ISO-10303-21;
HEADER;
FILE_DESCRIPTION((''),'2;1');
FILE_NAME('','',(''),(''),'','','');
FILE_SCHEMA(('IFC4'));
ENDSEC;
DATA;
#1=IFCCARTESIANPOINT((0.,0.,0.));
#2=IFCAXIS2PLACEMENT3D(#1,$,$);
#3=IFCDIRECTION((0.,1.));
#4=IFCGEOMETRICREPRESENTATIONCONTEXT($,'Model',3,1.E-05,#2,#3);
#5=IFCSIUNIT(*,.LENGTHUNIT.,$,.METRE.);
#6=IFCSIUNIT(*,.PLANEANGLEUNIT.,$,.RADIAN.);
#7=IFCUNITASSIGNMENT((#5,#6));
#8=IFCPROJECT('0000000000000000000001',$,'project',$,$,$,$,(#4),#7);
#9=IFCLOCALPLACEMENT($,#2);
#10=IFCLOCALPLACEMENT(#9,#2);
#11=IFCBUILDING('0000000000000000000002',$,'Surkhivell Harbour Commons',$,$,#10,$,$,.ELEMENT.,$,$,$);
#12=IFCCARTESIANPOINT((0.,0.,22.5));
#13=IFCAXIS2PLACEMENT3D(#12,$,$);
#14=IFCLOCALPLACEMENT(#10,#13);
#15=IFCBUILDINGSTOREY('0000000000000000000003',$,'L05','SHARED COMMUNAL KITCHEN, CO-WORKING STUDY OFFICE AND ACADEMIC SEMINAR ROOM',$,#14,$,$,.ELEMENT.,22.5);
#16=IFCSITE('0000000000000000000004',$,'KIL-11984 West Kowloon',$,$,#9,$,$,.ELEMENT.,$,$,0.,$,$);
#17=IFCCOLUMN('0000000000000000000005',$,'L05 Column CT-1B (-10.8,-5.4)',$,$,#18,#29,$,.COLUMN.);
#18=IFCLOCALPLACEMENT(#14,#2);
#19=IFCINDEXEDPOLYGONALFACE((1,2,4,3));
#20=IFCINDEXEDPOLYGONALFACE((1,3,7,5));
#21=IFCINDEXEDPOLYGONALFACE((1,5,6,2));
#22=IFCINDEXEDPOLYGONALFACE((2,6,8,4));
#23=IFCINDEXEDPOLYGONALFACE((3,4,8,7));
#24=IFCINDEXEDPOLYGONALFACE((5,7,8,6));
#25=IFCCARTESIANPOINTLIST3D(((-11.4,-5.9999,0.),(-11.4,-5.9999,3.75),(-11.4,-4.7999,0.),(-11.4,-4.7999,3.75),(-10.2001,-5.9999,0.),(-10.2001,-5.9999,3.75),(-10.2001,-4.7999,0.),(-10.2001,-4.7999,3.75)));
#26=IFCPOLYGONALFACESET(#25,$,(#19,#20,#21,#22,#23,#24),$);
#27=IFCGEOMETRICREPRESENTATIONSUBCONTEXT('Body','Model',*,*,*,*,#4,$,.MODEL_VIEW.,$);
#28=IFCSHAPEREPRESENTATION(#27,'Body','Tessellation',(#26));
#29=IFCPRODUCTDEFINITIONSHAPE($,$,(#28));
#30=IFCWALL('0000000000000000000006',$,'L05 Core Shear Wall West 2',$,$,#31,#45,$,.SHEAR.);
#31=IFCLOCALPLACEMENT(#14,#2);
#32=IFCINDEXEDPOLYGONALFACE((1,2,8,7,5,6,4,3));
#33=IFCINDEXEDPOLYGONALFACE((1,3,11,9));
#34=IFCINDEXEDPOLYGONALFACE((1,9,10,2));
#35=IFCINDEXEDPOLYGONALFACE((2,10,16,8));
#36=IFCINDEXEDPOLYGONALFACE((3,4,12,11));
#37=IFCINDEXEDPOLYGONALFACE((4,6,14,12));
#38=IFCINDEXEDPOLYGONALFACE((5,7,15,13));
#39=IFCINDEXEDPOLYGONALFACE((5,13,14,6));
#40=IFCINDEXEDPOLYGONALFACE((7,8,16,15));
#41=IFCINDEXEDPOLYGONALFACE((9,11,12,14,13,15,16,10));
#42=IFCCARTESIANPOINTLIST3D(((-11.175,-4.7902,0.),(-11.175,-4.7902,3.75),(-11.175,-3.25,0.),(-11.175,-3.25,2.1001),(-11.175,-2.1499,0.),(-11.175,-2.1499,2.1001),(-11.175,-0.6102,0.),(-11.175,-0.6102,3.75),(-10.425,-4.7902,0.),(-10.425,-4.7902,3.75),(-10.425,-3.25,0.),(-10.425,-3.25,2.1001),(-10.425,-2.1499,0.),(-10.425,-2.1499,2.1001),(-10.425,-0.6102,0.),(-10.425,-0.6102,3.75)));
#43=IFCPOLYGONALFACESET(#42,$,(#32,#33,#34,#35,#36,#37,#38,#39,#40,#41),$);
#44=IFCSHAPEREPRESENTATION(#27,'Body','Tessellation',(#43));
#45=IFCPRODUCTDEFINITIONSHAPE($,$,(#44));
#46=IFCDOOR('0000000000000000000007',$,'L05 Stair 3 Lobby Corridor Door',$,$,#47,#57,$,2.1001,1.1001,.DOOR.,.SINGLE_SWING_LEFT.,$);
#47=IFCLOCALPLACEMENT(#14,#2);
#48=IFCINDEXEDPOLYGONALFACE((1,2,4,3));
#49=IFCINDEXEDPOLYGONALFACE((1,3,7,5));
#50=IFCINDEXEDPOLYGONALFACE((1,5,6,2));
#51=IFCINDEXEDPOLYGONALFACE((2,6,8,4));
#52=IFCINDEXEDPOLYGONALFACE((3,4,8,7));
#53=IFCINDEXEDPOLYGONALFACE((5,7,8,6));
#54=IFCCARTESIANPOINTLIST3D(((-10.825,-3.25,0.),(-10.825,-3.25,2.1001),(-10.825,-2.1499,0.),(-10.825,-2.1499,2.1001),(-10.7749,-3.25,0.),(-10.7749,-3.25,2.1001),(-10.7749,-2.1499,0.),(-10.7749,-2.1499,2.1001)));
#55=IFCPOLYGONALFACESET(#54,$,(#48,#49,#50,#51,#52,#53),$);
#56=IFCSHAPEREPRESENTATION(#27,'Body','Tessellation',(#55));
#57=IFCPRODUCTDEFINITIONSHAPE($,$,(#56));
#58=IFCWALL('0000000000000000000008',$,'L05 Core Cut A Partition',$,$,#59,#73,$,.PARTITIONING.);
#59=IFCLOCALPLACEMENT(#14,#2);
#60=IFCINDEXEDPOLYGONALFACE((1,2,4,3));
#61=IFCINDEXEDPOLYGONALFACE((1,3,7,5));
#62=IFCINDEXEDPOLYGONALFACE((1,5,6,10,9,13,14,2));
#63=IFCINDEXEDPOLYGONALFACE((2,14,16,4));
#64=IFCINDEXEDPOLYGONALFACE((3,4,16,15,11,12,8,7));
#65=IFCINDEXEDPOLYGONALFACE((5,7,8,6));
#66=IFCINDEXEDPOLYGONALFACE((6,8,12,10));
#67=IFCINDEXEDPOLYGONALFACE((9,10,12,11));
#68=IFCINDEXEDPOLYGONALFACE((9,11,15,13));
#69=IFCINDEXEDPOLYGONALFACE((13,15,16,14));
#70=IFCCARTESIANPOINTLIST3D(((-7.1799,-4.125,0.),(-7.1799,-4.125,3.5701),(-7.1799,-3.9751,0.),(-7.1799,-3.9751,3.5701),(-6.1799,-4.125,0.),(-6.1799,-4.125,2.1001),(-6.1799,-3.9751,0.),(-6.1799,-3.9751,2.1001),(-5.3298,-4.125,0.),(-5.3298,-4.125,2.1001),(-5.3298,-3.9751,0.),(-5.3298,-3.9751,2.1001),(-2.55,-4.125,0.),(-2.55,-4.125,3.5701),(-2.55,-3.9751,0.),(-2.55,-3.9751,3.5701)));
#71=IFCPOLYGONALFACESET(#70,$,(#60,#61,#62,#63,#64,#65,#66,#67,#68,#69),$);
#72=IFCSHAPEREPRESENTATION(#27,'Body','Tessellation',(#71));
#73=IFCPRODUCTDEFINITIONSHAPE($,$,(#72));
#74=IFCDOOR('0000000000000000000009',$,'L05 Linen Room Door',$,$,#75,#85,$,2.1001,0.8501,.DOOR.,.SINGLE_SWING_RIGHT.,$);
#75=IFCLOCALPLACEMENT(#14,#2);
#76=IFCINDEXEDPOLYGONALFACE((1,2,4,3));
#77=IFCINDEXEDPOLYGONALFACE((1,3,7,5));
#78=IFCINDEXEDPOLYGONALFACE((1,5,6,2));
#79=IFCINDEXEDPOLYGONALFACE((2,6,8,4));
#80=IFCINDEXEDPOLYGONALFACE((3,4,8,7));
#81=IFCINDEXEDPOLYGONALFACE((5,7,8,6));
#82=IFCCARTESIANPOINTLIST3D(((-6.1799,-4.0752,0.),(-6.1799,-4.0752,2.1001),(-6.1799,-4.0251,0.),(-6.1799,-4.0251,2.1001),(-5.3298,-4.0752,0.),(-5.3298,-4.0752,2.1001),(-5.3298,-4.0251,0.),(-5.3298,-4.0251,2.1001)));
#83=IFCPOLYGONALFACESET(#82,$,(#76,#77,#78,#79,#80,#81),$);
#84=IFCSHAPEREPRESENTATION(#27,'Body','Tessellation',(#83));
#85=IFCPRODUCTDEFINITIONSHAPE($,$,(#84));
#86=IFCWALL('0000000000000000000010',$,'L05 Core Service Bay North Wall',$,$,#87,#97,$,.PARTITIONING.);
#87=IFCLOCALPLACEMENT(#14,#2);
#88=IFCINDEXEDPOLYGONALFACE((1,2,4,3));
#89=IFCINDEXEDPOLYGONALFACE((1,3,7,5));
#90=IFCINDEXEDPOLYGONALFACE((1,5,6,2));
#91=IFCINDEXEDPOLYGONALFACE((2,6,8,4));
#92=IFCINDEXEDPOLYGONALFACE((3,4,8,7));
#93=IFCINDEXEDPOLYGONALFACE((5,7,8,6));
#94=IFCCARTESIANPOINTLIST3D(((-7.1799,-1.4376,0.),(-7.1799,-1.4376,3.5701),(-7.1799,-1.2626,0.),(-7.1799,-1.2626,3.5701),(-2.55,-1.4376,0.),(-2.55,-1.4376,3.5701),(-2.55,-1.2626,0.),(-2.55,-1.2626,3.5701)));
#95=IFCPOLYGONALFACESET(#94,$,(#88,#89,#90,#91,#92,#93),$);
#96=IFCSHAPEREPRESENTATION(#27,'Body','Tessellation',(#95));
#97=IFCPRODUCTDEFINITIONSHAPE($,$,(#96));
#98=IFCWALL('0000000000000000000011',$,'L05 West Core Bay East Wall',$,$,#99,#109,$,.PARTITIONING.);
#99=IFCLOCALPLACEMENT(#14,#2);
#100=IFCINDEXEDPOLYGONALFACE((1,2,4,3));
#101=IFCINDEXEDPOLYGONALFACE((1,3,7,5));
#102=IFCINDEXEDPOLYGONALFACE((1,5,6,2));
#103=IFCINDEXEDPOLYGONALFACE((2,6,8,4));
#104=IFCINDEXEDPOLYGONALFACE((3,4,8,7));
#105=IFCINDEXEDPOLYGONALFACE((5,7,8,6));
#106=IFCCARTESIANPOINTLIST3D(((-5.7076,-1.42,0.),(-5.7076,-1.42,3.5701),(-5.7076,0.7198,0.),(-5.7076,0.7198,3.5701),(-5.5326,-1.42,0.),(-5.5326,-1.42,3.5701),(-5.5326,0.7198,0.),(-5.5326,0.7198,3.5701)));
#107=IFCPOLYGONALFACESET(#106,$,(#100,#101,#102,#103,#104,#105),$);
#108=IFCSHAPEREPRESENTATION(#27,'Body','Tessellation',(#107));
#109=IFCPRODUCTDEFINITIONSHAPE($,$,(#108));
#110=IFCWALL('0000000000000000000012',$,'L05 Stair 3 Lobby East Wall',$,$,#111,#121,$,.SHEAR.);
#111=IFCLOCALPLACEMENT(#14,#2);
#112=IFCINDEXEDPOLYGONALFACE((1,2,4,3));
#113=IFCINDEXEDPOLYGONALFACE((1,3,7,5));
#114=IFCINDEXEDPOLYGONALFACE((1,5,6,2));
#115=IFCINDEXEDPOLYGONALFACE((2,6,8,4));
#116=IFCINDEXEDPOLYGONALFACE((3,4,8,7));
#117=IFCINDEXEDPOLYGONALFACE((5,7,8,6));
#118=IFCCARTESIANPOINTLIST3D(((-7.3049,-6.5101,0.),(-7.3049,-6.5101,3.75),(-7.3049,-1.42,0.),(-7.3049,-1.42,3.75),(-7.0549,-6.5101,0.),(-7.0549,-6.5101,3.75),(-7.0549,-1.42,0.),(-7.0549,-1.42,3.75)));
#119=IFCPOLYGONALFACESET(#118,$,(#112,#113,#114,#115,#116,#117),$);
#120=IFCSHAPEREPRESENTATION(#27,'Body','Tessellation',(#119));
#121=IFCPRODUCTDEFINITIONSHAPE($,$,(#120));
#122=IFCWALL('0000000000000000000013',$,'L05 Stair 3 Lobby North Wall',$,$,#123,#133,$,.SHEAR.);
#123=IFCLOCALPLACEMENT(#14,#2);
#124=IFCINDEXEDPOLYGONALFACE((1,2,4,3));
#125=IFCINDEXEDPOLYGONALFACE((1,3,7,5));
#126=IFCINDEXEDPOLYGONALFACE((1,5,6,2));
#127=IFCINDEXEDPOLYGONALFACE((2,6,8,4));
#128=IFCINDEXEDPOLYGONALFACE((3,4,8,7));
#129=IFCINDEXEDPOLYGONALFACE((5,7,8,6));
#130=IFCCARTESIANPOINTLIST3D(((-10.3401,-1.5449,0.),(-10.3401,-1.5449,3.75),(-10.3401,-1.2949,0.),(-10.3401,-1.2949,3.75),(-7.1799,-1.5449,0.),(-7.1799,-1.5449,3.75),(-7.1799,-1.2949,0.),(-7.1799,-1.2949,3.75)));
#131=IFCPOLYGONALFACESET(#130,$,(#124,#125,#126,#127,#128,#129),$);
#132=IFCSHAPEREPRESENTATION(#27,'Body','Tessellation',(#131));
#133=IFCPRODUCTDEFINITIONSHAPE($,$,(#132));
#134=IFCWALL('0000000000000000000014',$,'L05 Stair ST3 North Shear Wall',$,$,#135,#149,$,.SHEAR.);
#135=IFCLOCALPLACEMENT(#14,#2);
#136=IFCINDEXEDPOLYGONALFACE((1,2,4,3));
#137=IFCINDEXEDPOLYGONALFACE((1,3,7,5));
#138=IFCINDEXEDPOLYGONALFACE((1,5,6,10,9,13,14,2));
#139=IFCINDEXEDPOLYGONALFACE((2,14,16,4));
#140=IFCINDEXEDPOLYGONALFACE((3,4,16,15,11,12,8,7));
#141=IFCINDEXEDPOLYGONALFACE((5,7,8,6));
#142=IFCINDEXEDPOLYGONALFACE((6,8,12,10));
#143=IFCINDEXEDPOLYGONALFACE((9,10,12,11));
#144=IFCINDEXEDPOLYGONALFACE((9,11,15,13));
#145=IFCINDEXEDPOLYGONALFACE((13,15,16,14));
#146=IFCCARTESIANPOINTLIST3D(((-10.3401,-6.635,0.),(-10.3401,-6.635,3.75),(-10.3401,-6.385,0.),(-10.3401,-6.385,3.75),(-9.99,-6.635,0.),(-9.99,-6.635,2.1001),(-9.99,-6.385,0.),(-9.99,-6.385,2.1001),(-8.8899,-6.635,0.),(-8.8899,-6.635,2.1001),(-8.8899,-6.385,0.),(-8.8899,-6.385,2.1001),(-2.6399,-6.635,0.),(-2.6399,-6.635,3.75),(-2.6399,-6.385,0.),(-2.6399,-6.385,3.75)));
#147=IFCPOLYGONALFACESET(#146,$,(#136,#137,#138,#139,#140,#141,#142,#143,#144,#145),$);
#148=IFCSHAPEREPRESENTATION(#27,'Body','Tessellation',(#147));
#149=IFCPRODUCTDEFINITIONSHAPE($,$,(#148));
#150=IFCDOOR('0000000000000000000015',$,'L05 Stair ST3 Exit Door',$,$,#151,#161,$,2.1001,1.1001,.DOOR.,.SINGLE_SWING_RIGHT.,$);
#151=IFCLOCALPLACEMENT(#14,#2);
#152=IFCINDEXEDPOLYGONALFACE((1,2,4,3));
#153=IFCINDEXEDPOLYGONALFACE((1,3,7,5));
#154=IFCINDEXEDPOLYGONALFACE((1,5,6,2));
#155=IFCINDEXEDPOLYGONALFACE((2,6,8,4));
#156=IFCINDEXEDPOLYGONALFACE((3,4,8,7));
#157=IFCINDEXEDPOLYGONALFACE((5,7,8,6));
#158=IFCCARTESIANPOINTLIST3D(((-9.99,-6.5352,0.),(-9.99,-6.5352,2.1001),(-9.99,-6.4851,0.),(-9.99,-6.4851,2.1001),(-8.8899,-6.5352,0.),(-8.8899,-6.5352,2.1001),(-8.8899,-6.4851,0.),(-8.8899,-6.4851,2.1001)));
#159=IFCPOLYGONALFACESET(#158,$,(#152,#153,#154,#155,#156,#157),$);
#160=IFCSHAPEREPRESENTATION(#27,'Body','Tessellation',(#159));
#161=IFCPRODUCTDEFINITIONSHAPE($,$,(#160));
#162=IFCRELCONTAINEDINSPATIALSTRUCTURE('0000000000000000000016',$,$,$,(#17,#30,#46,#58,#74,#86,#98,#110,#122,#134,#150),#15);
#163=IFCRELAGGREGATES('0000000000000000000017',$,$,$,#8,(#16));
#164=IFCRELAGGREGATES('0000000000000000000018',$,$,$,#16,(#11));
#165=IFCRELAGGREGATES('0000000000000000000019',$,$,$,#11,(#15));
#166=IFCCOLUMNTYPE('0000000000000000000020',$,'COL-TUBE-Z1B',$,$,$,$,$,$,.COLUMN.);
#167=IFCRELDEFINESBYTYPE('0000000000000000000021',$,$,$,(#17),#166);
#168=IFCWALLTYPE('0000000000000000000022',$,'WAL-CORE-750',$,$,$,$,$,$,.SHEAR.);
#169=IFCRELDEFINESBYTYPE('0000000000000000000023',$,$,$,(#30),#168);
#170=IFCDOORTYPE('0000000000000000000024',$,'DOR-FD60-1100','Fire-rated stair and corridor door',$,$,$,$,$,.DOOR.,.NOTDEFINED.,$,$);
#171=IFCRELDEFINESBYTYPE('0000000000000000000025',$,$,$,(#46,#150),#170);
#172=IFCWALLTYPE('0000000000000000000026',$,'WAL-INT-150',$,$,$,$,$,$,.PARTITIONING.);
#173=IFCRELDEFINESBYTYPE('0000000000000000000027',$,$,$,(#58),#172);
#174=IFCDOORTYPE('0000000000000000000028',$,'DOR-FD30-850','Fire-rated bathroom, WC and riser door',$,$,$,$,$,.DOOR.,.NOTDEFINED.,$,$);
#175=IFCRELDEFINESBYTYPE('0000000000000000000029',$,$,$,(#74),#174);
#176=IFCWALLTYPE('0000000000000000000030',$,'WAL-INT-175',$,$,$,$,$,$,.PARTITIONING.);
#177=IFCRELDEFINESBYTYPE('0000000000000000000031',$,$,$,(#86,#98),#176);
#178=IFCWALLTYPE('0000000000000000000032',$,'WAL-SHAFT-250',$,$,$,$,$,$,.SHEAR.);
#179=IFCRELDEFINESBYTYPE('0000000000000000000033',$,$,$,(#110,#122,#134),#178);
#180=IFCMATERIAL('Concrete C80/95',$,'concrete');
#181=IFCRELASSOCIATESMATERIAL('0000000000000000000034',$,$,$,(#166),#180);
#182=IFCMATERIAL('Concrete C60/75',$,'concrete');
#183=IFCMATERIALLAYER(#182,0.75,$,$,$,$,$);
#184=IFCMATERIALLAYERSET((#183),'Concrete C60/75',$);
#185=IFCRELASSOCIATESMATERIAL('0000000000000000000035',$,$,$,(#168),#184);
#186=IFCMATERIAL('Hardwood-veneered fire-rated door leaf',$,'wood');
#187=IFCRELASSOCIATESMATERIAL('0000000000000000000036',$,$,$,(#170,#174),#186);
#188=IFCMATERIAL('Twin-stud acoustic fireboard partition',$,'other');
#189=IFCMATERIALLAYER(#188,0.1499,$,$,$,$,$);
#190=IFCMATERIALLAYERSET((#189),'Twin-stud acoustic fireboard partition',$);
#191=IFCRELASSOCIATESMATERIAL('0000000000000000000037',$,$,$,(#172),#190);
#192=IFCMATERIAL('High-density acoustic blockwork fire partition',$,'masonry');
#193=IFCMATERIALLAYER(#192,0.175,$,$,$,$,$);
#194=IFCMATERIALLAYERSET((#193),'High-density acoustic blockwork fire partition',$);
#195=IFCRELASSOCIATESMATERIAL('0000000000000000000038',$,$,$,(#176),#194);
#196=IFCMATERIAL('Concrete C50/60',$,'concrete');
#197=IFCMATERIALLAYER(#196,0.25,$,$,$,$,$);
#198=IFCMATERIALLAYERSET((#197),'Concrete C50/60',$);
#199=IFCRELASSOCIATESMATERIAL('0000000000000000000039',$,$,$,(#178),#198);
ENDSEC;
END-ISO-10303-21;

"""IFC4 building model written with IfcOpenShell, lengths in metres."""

from ifc_helpers import new_model, si_unit, direction, frame, frame_2d, origin, origin_2d, place, context, subcontext, project, spatial, rectangle, extrude, material, layer, layer_set, material_profile, profile_set, type_object, element, fill, save


model = new_model("IFC4")

# Units and contexts
model_context = context("Model", 3, precision=1e-05, world=origin(), true_north=direction((0.0, 1.0)))
body_context = subcontext(model_context, "Body", "Model", "MODEL_VIEW")
ifc_project = project(units=[si_unit("LENGTHUNIT", "METRE"), si_unit("PLANEANGLEUNIT", "RADIAN")], contexts=[model_context])

# Site, building, storey
site_placement = place(None, origin())
site = spatial("IfcSite", under=ifc_project, at=site_placement, Name="KIL-11984 West Kowloon", CompositionType="ELEMENT", RefElevation=0.0)
building_placement = place(site_placement, origin())
building = spatial("IfcBuilding", under=site, at=building_placement, Name="Surkhivell Harbour Commons", CompositionType="ELEMENT")
storey_placement = place(building_placement, frame((0.0, 0.0, 22.5)))
storey = spatial("IfcBuildingStorey", under=building, at=storey_placement, Name="L05", Description="SHARED COMMUNAL KITCHEN, CO-WORKING STUDY OFFICE AND ACADEMIC SEMINAR ROOM", CompositionType="ELEMENT", Elevation=22.5)

# Column
ifc_material_1 = material(Name="Concrete C80/95", Category="concrete")
ifc_material_profile = material_profile(ifc_material_1, rectangle(XDim=1.2, YDim=1.2, at=origin_2d()), Name="RC-COL-1200x1200")
ifc_profile_set = profile_set([ifc_material_profile], Name="Concrete C80/95")
column_type = type_object("IfcColumnType", Name="COL-TUBE-Z1B", PredefinedType="COLUMN", material=ifc_profile_set)
column_placement = place(storey_placement, frame((-10.8, -5.3999, 0.0), z_axis=(0.0, 0.0, 1.0), x_axis=(1.0, 0.0, 0.0)))
element("IfcColumn", 1, at=column_placement, inside=storey, type_object=column_type, Name="L05 Column CT-1B (-10.8,-5.4)", PredefinedType="COLUMN", context=body_context, shape_type="SweptSolid", body=[
    extrude(rectangle(XDim=1.2, YDim=1.2, at=origin_2d()), origin(), (0.0, 0.0, 1.0), 3.75),
])

# Walls, openings, doors
ifc_material_2 = material(Name="Concrete C60/75", Category="concrete")
ifc_layer_1 = layer(ifc_material_2, 0.75)
ifc_layer_set_1 = layer_set([ifc_layer_1], Name="Concrete C60/75")
wall_type_1 = type_object("IfcWallType", Name="WAL-CORE-750", PredefinedType="SHEAR", material=ifc_layer_set_1)
wall_1_placement = place(storey_placement, frame((-10.8, -4.79, 0.0), z_axis=(0.0, 0.0, 1.0), x_axis=(0.0, 1.0, 0.0)))
wall_1 = element("IfcWall", 2, at=wall_1_placement, inside=storey, type_object=wall_type_1, Name="L05 Core Shear Wall West 2", PredefinedType="SHEAR", context=body_context, shape_type="SweptSolid", body=[
    extrude(rectangle(XDim=4.1799, YDim=0.75, at=frame_2d((2.0898, 0.0))), origin(), (0.0, 0.0, 1.0), 3.75),
])
opening_1_placement = place(wall_1_placement, frame((1.54, 0.0, 0.0)))
opening_1 = element("IfcOpeningElement", 3, at=opening_1_placement, cuts=wall_1, PredefinedType="OPENING", context=body_context, shape_type="SweptSolid", body=[
    extrude(rectangle(XDim=1.1001, YDim=2.1001, at=frame_2d((0.55, 1.05))), frame((0.0, 0.385, 0.0), z_axis=(0.0, -1.0, 0.0), x_axis=(1.0, 0.0, 0.0)), (0.0, 0.0, 1.0), 0.77),
])
ifc_material_3 = material(Name="Hardwood-veneered fire-rated door leaf", Category="wood")
door_type_1 = type_object("IfcDoorType", Name="DOR-FD60-1100", Description="Fire-rated stair and corridor door", OperationType="NOTDEFINED", PredefinedType="DOOR", material=ifc_material_3)
door_1_placement = place(opening_1_placement, origin())
door_1 = element("IfcDoor", 4, at=door_1_placement, inside=storey, type_object=door_type_1, Name="L05 Stair 3 Lobby Corridor Door", OperationType="SINGLE_SWING_LEFT", OverallHeight=2.1001, OverallWidth=1.1001, PredefinedType="DOOR", context=body_context, shape_type="SweptSolid", body=[
    extrude(rectangle(XDim=1.1001, YDim=2.1001, at=frame_2d((0.55, 1.05))), frame((0.0, 0.0249, 0.0), z_axis=(0.0, -1.0, 0.0), x_axis=(1.0, 0.0, 0.0)), (0.0, 0.0, 1.0), 0.05),
])
fill(opening_1, door_1)
ifc_material_4 = material(Name="Twin-stud acoustic fireboard partition", Category="other")
ifc_layer_2 = layer(ifc_material_4, 0.1499)
ifc_layer_set_2 = layer_set([ifc_layer_2], Name="Twin-stud acoustic fireboard partition")
wall_type_2 = type_object("IfcWallType", Name="WAL-INT-150", PredefinedType="PARTITIONING", material=ifc_layer_set_2)
wall_2_placement = place(storey_placement, frame((-7.1799, -4.05, 0.0), z_axis=(0.0, 0.0, 1.0), x_axis=(1.0, 0.0, 0.0)))
wall_2 = element("IfcWall", 5, at=wall_2_placement, inside=storey, type_object=wall_type_2, Name="L05 Core Cut A Partition", PredefinedType="PARTITIONING", context=body_context, shape_type="SweptSolid", body=[
    extrude(rectangle(XDim=4.6299, YDim=0.1499, at=frame_2d((2.3149, 0.0))), origin(), (0.0, 0.0, 1.0), 3.5701),
])
opening_2_placement = place(wall_2_placement, frame((1.0, 0.0, 0.0)))
opening_2 = element("IfcOpeningElement", 6, at=opening_2_placement, cuts=wall_2, PredefinedType="OPENING", context=body_context, shape_type="SweptSolid", body=[
    extrude(rectangle(XDim=0.8501, YDim=2.1001, at=frame_2d((0.425, 1.05))), frame((0.0, 0.085, 0.0), z_axis=(0.0, -1.0, 0.0), x_axis=(1.0, 0.0, 0.0)), (0.0, 0.0, 1.0), 0.1699),
])
door_type_2 = type_object("IfcDoorType", Name="DOR-FD30-850", Description="Fire-rated bathroom, WC and riser door", OperationType="NOTDEFINED", PredefinedType="DOOR", material=ifc_material_3)
door_2_placement = place(opening_2_placement, origin())
door_2 = element("IfcDoor", 7, at=door_2_placement, inside=storey, type_object=door_type_2, Name="L05 Linen Room Door", OperationType="SINGLE_SWING_RIGHT", OverallHeight=2.1001, OverallWidth=0.8501, PredefinedType="DOOR", context=body_context, shape_type="SweptSolid", body=[
    extrude(rectangle(XDim=0.8501, YDim=2.1001, at=frame_2d((0.425, 1.05))), frame((0.0, 0.0249, 0.0), z_axis=(0.0, -1.0, 0.0), x_axis=(1.0, 0.0, 0.0)), (0.0, 0.0, 1.0), 0.05),
])
fill(opening_2, door_2)

# Walls
ifc_material_5 = material(Name="High-density acoustic blockwork fire partition", Category="masonry")
ifc_layer_3 = layer(ifc_material_5, 0.175)
ifc_layer_set_3 = layer_set([ifc_layer_3], Name="High-density acoustic blockwork fire partition")
wall_type_3 = type_object("IfcWallType", Name="WAL-INT-175", PredefinedType="PARTITIONING", material=ifc_layer_set_3)
wall_3_placement = place(storey_placement, frame((-7.1799, -1.3501, 0.0), z_axis=(0.0, 0.0, 1.0), x_axis=(1.0, 0.0, 0.0)))
element("IfcWall", 8, at=wall_3_placement, inside=storey, type_object=wall_type_3, Name="L05 Core Service Bay North Wall", PredefinedType="PARTITIONING", context=body_context, shape_type="SweptSolid", body=[
    extrude(rectangle(XDim=4.6299, YDim=0.175, at=frame_2d((2.3149, 0.0))), origin(), (0.0, 0.0, 1.0), 3.5701),
])
wall_4_placement = place(storey_placement, frame((-5.6201, -1.4199, 0.0), z_axis=(0.0, 0.0, 1.0), x_axis=(0.0, 1.0, 0.0)))
element("IfcWall", 9, at=wall_4_placement, inside=storey, type_object=wall_type_3, Name="L05 West Core Bay East Wall", PredefinedType="PARTITIONING", context=body_context, shape_type="SweptSolid", body=[
    extrude(rectangle(XDim=2.1399, YDim=0.175, at=frame_2d((1.0698, 0.0))), origin(), (0.0, 0.0, 1.0), 3.5701),
])
ifc_material_6 = material(Name="Concrete C50/60", Category="concrete")
ifc_layer_4 = layer(ifc_material_6, 0.25)
ifc_layer_set_4 = layer_set([ifc_layer_4], Name="Concrete C50/60")
wall_type_4 = type_object("IfcWallType", Name="WAL-SHAFT-250", PredefinedType="SHEAR", material=ifc_layer_set_4)
wall_5_placement = place(storey_placement, frame((-7.1799, -6.51, 0.0), z_axis=(0.0, 0.0, 1.0), x_axis=(0.0, 1.0, 0.0)))
element("IfcWall", 10, at=wall_5_placement, inside=storey, type_object=wall_type_4, Name="L05 Stair 3 Lobby East Wall", PredefinedType="SHEAR", context=body_context, shape_type="SweptSolid", body=[
    extrude(rectangle(XDim=5.0901, YDim=0.25, at=frame_2d((2.5449, 0.0))), origin(), (0.0, 0.0, 1.0), 3.75),
])
wall_6_placement = place(storey_placement, frame((-10.3401, -1.4199, 0.0), z_axis=(0.0, 0.0, 1.0), x_axis=(1.0, 0.0, 0.0)))
element("IfcWall", 11, at=wall_6_placement, inside=storey, type_object=wall_type_4, Name="L05 Stair 3 Lobby North Wall", PredefinedType="SHEAR", context=body_context, shape_type="SweptSolid", body=[
    extrude(rectangle(XDim=3.1602, YDim=0.25, at=frame_2d((1.5801, 0.0))), origin(), (0.0, 0.0, 1.0), 3.75),
])

# Wall, opening, door
wall_7_placement = place(storey_placement, frame((-10.3401, -6.51, 0.0), z_axis=(0.0, 0.0, 1.0), x_axis=(1.0, 0.0, 0.0)))
wall_7 = element("IfcWall", 12, at=wall_7_placement, inside=storey, type_object=wall_type_4, Name="L05 Stair ST3 North Shear Wall", PredefinedType="SHEAR", context=body_context, shape_type="SweptSolid", body=[
    extrude(rectangle(XDim=7.7002, YDim=0.25, at=frame_2d((3.8501, 0.0))), origin(), (0.0, 0.0, 1.0), 3.75),
])
opening_3_placement = place(wall_7_placement, frame((0.3501, 0.0, 0.0)))
opening_3 = element("IfcOpeningElement", 13, at=opening_3_placement, cuts=wall_7, PredefinedType="OPENING", context=body_context, shape_type="SweptSolid", body=[
    extrude(rectangle(XDim=1.1001, YDim=2.1001, at=frame_2d((0.55, 1.05))), frame((0.0, 0.135, 0.0), z_axis=(0.0, -1.0, 0.0), x_axis=(1.0, 0.0, 0.0)), (0.0, 0.0, 1.0), 0.27),
])
door_3_placement = place(opening_3_placement, origin())
door_3 = element("IfcDoor", 14, at=door_3_placement, inside=storey, type_object=door_type_1, Name="L05 Stair ST3 Exit Door", OperationType="SINGLE_SWING_RIGHT", OverallHeight=2.1001, OverallWidth=1.1001, PredefinedType="DOOR", context=body_context, shape_type="SweptSolid", body=[
    extrude(rectangle(XDim=1.1001, YDim=2.1001, at=frame_2d((0.55, 1.05))), frame((0.0, 0.0249, 0.0), z_axis=(0.0, -1.0, 0.0), x_axis=(1.0, 0.0, 0.0)), (0.0, 0.0, 1.0), 0.05),
])
fill(opening_3, door_3)

save(model, "model.ifc")
